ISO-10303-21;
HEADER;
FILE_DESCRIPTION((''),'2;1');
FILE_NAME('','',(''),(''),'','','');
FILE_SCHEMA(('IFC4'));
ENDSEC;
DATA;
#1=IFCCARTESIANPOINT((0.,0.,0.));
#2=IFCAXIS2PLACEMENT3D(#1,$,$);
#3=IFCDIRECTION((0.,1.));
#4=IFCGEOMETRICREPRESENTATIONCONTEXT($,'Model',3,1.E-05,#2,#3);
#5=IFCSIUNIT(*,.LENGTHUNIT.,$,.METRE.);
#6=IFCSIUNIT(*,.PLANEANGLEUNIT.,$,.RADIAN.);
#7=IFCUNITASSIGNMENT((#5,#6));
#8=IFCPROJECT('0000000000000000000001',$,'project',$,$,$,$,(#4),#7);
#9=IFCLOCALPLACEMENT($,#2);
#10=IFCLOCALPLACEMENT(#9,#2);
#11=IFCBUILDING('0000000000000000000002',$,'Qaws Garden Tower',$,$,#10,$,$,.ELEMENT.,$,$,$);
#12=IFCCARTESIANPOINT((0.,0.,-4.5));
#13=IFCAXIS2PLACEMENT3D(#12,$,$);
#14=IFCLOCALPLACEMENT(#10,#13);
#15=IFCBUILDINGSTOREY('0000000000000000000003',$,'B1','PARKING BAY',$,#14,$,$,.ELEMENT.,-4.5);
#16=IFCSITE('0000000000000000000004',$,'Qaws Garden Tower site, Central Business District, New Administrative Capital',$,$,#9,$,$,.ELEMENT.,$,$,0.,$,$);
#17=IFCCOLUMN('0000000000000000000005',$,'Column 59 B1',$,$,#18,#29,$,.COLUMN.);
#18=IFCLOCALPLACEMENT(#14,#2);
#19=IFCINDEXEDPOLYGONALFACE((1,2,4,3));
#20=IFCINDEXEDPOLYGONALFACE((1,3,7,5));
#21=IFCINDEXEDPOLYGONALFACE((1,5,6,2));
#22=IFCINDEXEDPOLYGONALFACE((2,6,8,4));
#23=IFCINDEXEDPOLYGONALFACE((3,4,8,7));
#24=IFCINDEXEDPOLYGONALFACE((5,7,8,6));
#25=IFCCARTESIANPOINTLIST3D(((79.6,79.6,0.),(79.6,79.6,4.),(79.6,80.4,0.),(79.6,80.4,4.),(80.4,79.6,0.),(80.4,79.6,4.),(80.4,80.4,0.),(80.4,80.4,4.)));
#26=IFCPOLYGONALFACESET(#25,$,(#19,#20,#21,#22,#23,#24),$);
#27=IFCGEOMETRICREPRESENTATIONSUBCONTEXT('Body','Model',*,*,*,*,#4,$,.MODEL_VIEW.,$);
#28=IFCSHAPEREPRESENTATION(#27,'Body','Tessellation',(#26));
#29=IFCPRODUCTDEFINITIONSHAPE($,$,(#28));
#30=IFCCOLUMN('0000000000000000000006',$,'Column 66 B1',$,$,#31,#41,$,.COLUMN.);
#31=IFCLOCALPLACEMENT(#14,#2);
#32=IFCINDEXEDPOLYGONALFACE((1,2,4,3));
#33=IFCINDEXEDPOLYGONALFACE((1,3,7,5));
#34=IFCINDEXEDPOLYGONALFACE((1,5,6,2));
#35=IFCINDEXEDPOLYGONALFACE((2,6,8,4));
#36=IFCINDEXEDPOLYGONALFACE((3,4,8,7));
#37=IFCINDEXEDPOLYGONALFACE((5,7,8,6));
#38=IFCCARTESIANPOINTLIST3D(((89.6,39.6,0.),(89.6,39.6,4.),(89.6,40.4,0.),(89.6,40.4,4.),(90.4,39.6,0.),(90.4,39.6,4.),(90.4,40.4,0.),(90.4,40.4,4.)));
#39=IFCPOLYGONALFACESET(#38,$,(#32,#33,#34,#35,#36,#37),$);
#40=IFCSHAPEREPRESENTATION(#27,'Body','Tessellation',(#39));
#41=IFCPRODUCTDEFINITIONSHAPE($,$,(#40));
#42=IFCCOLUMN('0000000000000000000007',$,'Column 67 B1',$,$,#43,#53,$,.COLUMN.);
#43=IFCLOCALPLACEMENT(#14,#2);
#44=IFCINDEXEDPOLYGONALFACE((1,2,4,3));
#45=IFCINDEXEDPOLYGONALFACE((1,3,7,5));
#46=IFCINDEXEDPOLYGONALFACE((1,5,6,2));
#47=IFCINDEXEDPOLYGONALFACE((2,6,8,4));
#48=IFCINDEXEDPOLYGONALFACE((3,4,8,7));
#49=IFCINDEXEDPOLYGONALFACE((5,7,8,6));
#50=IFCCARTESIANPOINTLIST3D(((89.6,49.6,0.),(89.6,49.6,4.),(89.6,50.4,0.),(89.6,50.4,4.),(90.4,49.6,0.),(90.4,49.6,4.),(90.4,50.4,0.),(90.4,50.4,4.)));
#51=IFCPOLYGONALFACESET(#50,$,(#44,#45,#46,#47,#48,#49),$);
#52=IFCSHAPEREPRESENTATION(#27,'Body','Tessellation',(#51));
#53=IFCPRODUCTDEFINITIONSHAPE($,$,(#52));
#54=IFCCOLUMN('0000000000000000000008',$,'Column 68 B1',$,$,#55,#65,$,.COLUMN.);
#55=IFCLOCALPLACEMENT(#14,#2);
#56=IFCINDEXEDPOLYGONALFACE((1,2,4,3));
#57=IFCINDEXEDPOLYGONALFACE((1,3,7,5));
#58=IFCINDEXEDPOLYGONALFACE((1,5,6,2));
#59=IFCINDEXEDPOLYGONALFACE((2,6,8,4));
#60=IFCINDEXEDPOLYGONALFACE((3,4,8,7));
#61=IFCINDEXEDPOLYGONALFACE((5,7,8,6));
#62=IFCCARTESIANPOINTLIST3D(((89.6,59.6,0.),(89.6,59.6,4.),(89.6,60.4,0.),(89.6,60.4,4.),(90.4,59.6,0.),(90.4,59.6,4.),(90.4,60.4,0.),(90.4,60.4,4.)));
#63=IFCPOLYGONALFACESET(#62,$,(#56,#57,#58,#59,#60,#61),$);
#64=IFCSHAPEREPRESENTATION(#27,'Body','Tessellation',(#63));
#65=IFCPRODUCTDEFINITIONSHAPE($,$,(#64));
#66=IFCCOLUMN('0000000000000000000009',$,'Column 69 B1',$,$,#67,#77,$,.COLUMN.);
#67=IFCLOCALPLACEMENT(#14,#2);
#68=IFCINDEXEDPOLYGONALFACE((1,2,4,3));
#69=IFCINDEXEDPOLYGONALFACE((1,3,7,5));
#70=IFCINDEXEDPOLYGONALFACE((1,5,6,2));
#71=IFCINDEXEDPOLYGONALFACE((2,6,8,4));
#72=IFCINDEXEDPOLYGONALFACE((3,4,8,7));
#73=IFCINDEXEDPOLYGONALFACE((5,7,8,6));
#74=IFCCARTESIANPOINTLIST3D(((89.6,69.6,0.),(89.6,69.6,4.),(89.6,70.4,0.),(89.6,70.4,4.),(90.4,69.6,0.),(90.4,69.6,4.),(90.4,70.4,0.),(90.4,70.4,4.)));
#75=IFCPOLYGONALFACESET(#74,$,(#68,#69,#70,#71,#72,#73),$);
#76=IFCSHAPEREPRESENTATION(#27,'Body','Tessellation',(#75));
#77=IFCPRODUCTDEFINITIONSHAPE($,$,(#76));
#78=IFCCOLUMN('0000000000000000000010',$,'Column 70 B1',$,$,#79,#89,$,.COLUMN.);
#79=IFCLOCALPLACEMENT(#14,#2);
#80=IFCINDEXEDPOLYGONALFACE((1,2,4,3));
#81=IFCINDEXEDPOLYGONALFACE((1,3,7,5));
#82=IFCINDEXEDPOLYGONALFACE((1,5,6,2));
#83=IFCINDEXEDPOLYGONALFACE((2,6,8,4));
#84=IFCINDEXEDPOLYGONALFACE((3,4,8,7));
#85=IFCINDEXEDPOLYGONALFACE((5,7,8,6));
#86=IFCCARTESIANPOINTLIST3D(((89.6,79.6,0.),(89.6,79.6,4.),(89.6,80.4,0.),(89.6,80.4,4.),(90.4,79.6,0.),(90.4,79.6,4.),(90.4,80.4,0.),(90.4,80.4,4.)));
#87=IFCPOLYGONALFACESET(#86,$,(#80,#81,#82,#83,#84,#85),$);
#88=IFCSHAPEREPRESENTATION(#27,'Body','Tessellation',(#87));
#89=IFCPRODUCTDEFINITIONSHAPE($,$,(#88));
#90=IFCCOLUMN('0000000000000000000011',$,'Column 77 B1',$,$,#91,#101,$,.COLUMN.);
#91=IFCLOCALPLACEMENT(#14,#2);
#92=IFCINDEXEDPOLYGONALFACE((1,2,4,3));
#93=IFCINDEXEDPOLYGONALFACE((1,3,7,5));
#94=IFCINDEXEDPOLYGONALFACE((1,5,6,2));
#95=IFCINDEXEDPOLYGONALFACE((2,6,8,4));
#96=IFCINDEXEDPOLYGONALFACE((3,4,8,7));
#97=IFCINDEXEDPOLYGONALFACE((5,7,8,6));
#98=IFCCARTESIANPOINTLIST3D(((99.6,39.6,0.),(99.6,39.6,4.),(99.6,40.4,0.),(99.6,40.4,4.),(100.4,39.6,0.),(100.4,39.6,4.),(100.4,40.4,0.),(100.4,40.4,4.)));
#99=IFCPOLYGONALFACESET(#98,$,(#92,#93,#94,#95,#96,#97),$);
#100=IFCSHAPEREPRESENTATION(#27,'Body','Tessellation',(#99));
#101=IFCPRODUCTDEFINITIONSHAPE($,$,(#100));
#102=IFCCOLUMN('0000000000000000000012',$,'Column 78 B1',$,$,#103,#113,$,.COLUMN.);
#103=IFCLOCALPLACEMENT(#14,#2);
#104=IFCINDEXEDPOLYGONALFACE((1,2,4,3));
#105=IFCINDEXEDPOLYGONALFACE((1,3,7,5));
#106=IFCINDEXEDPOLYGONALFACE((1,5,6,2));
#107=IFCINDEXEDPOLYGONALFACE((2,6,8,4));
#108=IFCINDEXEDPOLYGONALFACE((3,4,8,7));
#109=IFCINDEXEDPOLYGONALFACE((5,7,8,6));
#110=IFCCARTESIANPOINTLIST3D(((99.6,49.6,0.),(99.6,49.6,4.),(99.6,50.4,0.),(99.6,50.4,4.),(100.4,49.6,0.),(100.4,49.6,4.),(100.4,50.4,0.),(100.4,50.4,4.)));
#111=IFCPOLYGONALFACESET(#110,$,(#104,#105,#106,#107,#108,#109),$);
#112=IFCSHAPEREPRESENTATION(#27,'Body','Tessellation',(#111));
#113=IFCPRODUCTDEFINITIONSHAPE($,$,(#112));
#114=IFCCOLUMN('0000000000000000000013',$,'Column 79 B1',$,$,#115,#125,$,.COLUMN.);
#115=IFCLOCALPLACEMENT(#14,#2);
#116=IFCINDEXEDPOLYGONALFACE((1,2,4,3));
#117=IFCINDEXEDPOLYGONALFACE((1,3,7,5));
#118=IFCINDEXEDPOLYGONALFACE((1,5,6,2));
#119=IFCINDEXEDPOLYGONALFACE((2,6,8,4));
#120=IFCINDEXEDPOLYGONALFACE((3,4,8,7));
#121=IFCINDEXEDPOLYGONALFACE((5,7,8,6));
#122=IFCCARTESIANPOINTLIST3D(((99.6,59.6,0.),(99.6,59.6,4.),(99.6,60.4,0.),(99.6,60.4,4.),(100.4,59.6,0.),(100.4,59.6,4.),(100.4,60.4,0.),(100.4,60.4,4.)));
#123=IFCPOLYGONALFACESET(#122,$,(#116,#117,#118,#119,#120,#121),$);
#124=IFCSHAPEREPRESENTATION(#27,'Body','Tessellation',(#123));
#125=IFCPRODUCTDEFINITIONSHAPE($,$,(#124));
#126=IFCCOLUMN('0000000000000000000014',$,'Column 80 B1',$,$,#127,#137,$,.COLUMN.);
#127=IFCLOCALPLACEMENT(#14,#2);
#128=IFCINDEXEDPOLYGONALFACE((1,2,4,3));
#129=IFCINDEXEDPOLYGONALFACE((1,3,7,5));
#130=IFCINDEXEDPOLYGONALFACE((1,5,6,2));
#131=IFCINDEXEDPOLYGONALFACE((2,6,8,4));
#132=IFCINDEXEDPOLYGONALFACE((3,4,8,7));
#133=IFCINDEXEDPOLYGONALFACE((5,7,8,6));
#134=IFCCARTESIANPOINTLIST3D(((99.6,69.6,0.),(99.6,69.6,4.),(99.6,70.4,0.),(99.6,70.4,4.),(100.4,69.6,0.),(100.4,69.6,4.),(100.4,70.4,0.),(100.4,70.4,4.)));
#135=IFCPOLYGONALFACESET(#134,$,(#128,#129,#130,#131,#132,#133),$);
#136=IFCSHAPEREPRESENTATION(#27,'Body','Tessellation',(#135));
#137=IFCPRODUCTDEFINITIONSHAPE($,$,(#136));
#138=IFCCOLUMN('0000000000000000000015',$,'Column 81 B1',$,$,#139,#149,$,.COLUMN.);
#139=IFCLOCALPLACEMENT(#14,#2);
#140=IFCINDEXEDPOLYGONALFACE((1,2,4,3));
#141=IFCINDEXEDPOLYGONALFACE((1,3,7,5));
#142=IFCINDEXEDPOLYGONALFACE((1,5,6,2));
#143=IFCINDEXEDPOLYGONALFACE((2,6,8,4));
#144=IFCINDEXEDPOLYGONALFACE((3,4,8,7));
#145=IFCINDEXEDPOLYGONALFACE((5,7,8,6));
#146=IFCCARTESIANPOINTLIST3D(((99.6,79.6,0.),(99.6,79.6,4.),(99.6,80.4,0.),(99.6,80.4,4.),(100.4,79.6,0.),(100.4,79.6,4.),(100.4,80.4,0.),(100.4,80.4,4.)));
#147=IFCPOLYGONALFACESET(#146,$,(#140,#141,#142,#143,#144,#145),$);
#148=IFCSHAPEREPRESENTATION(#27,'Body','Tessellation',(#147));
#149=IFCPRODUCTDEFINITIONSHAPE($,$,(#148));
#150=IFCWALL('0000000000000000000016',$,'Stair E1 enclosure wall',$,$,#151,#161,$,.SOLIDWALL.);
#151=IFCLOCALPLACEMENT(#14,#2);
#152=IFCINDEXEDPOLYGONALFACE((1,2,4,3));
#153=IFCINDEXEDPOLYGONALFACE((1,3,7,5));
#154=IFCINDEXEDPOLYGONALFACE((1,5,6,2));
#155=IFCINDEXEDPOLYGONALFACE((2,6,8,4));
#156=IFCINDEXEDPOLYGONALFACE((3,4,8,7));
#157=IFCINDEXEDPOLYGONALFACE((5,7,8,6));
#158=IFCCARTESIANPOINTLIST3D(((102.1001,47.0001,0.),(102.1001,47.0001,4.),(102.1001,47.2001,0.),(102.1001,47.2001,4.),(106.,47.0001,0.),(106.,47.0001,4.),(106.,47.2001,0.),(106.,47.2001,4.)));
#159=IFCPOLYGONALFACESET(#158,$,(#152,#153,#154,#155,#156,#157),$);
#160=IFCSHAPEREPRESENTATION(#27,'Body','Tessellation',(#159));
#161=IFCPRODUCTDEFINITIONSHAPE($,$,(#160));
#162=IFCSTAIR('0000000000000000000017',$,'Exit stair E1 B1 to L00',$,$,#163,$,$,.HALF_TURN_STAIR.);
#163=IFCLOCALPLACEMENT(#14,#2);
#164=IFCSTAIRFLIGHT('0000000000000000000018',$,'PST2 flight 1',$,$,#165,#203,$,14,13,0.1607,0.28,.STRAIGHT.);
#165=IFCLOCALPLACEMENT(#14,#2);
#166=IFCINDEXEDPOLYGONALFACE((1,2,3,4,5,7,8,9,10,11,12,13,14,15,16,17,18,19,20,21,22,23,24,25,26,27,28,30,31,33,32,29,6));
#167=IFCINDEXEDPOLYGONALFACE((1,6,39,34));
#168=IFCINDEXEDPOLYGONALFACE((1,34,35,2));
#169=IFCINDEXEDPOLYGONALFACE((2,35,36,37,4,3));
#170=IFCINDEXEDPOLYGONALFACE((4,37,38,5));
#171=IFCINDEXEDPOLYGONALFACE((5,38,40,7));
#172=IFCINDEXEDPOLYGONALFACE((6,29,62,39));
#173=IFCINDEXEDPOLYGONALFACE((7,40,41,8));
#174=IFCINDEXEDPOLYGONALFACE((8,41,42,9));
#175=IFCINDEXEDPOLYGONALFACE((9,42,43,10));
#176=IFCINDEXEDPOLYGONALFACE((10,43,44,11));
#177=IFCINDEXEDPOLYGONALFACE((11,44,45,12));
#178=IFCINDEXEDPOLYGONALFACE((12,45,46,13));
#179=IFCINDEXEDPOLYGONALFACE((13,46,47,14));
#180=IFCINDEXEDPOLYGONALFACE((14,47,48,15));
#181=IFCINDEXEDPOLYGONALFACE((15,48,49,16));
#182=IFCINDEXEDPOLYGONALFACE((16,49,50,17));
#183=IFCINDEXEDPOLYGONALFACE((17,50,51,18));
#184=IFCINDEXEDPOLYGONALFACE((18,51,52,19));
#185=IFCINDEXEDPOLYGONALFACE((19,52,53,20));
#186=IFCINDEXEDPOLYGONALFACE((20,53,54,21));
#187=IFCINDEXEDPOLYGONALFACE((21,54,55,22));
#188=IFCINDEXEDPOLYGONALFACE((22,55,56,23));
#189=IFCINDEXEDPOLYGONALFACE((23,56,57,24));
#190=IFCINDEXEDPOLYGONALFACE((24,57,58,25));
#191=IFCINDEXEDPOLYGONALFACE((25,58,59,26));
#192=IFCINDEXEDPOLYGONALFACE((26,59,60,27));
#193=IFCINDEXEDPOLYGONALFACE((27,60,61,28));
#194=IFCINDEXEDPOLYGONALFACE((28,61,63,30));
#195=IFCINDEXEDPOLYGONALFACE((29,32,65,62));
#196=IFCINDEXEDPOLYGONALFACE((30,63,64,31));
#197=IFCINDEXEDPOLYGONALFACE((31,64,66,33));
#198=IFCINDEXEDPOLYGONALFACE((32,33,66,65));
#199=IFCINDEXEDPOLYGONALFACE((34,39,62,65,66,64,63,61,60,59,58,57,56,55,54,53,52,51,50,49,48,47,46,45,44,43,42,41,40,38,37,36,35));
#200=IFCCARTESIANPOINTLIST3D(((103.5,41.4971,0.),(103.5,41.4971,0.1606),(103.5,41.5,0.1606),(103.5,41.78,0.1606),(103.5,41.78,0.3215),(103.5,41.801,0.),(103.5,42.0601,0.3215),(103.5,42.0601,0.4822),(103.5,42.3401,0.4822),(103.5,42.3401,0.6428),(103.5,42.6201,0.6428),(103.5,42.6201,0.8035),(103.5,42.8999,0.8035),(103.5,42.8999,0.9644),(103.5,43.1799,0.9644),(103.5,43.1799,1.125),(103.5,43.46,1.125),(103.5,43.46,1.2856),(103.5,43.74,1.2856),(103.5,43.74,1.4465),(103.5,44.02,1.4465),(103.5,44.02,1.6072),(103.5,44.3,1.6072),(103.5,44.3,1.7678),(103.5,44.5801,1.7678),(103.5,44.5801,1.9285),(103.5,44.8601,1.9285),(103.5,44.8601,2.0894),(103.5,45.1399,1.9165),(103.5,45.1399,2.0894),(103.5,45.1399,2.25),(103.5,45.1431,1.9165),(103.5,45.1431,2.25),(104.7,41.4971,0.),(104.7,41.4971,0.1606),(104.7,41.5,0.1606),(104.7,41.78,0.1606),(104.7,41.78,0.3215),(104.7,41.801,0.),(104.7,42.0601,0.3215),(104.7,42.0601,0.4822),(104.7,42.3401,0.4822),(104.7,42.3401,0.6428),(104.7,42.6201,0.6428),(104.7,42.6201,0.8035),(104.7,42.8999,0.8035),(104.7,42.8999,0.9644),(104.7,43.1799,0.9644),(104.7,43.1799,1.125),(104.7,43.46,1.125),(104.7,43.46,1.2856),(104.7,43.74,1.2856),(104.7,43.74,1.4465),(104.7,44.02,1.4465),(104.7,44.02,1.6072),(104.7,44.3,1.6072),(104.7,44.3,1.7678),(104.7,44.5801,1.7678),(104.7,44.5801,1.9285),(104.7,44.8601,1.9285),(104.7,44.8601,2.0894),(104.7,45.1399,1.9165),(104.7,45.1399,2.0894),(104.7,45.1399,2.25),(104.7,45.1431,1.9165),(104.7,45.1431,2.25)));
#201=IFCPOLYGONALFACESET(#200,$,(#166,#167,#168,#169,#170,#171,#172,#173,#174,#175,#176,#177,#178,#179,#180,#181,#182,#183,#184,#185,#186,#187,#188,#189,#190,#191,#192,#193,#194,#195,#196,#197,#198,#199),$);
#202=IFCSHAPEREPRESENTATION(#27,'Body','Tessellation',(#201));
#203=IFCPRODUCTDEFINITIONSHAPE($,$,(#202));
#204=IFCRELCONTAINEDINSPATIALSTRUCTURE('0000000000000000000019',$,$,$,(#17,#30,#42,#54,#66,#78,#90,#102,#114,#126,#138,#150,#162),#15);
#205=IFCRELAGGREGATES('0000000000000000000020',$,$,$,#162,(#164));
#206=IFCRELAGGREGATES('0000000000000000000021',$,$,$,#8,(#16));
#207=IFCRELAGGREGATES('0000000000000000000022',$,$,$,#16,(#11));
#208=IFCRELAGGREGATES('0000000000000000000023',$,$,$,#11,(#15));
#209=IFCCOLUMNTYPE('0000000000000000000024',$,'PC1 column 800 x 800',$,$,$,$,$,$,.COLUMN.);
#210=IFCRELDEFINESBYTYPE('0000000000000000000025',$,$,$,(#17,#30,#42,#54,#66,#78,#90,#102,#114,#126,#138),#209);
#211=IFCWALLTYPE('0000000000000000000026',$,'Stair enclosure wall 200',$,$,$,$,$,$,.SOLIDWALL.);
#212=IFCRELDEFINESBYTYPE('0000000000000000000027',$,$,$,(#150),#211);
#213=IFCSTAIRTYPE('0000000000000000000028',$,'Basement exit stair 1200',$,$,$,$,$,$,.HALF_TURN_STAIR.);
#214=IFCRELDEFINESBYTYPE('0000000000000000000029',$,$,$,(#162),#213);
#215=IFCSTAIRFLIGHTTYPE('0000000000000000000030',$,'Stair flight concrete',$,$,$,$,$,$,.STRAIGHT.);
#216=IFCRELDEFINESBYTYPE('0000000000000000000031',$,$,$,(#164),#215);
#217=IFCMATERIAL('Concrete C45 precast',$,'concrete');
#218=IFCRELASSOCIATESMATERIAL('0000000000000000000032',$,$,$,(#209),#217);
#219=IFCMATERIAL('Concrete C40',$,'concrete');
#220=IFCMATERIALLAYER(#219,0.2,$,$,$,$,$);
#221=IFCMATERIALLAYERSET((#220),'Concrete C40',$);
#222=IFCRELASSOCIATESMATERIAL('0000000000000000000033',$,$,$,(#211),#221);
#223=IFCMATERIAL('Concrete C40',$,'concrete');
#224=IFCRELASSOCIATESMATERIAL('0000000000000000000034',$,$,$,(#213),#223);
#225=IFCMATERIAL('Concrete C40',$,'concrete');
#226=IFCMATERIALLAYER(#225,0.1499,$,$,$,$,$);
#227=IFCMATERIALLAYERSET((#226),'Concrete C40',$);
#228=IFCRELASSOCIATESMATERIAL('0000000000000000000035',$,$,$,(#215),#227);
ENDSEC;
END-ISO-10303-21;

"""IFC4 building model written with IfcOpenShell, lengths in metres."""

from ifc_helpers import new_model, si_unit, direction, frame, frame_2d, origin, origin_2d, place, context, subcontext, project, spatial, polyline, rectangle, outline, extrude, material, layer, layer_set, material_profile, profile_set, type_object, element, aggregate, save


model = new_model("IFC4")

# Units and contexts
model_context = context("Model", 3, precision=1e-05, world=origin(), true_north=direction((0.0, 1.0)))
body_context = subcontext(model_context, "Body", "Model", "MODEL_VIEW")
ifc_project = project(units=[si_unit("LENGTHUNIT", "METRE"), si_unit("PLANEANGLEUNIT", "RADIAN")], contexts=[model_context])

# Site, building, storey
site_placement = place(None, origin())
site = spatial("IfcSite", under=ifc_project, at=site_placement, Name="Qaws Garden Tower site, Central Business District, New Administrative Capital", CompositionType="ELEMENT", RefElevation=0.0)
building_placement = place(site_placement, origin())
building = spatial("IfcBuilding", under=site, at=building_placement, Name="Qaws Garden Tower", CompositionType="ELEMENT")
storey_placement = place(building_placement, frame((0.0, 0.0, -4.5)))
storey = spatial("IfcBuildingStorey", under=building, at=storey_placement, Name="B1", Description="PARKING BAY", CompositionType="ELEMENT", Elevation=-4.5)

# Columns
ifc_material_1 = material(Name="Concrete C45 precast", Category="concrete")
ifc_material_profile = material_profile(ifc_material_1, rectangle(XDim=0.8, YDim=0.8, at=origin_2d()), Name="PC1 column 800 x 800")
ifc_profile_set = profile_set([ifc_material_profile], Name="Concrete C45 precast")
column_type = type_object("IfcColumnType", Name="PC1 column 800 x 800", PredefinedType="COLUMN", material=ifc_profile_set)
for number, where, z_axis, x_axis, name in (
    (1, (80.0, 80.0, 0.0), (0.0, 0.0, 1.0), (1.0, 0.0, 0.0), "Column 59 B1"),
    (2, (90.0, 40.0, 0.0), (0.0, 0.0, 1.0), (1.0, 0.0, 0.0), "Column 66 B1"),
    (3, (90.0, 50.0, 0.0), (0.0, 0.0, 1.0), (1.0, 0.0, 0.0), "Column 67 B1"),
    (4, (90.0, 60.0, 0.0), (0.0, 0.0, 1.0), (1.0, 0.0, 0.0), "Column 68 B1"),
    (5, (90.0, 70.0, 0.0), (0.0, 0.0, 1.0), (1.0, 0.0, 0.0), "Column 69 B1"),
    (6, (90.0, 80.0, 0.0), (0.0, 0.0, 1.0), (1.0, 0.0, 0.0), "Column 70 B1"),
    (7, (100.0, 40.0, 0.0), (0.0, 0.0, 1.0), (1.0, 0.0, 0.0), "Column 77 B1"),
    (8, (100.0, 50.0, 0.0), (0.0, 0.0, 1.0), (1.0, 0.0, 0.0), "Column 78 B1"),
    (9, (100.0, 60.0, 0.0), (0.0, 0.0, 1.0), (1.0, 0.0, 0.0), "Column 79 B1"),
    (10, (100.0, 70.0, 0.0), (0.0, 0.0, 1.0), (1.0, 0.0, 0.0), "Column 80 B1"),
    (11, (100.0, 80.0, 0.0), (0.0, 0.0, 1.0), (1.0, 0.0, 0.0), "Column 81 B1"),
):
    element("IfcColumn", number, at=place(storey_placement, frame(where, z_axis=z_axis, x_axis=x_axis)), inside=storey, type_object=column_type, Name=name, PredefinedType="COLUMN", context=body_context, shape_type="SweptSolid", body=[
        extrude(rectangle(XDim=0.8, YDim=0.8, at=origin_2d()), origin(), (0.0, 0.0, 1.0), 4.0),
    ])

# Wall
ifc_material_2 = material(Name="Concrete C40", Category="concrete")
ifc_layer_1 = layer(ifc_material_2, 0.2)
ifc_layer_set_1 = layer_set([ifc_layer_1], Name="Concrete C40")
wall_type = type_object("IfcWallType", Name="Stair enclosure wall 200", PredefinedType="SOLIDWALL", material=ifc_layer_set_1)
wall_placement = place(storey_placement, frame((102.1001, 47.1001, 0.0), z_axis=(0.0, 0.0, 1.0), x_axis=(1.0, 0.0, 0.0)))
element("IfcWall", 12, at=wall_placement, inside=storey, type_object=wall_type, Name="Stair E1 enclosure wall", PredefinedType="SOLIDWALL", context=body_context, shape_type="SweptSolid", body=[
    extrude(rectangle(XDim=3.8999, YDim=0.2, at=frame_2d((1.95, 0.0))), origin(), (0.0, 0.0, 1.0), 4.0),
])

# Stair, stair flight
ifc_material_3 = material(Name="Concrete C40", Category="concrete")
stair_type = type_object("IfcStairType", Name="Basement exit stair 1200", PredefinedType="HALF_TURN_STAIR", material=ifc_material_3)
stair_placement = place(storey_placement, origin())
stair = element("IfcStair", 13, at=stair_placement, inside=storey, type_object=stair_type, Name="Exit stair E1 B1 to L00", PredefinedType="HALF_TURN_STAIR")
ifc_material_4 = material(Name="Concrete C40", Category="concrete")
ifc_layer_2 = layer(ifc_material_4, 0.1499)
ifc_layer_set_2 = layer_set([ifc_layer_2], Name="Concrete C40")
stair_flight_type = type_object("IfcStairFlightType", Name="Stair flight concrete", PredefinedType="STRAIGHT", material=ifc_layer_set_2)
stair_flight_1_placement = place(storey_placement, frame((104.1001, 41.5, 0.0), z_axis=(0.0, 0.0, 1.0), x_axis=(0.0, 1.0, 0.0)))
stair_flight_1 = element("IfcStairFlight", 14, at=stair_flight_1_placement, type_object=stair_flight_type, Name="PST2 flight 1", NumberOfRisers=14, NumberOfTreads=13, PredefinedType="STRAIGHT", RiserHeight=0.1607, TreadLength=0.28, context=body_context, shape_type="SweptSolid", body=[
    extrude(outline(polyline([(-0.0029, 0.0), (-0.0029, 0.1606), (0.0, 0.1606), (0.28, 0.1606), (0.28, 0.3215), (0.5601, 0.3215), (0.5601, 0.4822), (0.8401, 0.4822), (0.8401, 0.6428), (1.1201, 0.6428), (1.1201, 0.8035), (1.3999, 0.8035), (1.3999, 0.9644), (1.6799, 0.9644), (1.6799, 1.125), (1.96, 1.125), (1.96, 1.2856), (2.24, 1.2856), (2.24, 1.4465), (2.52, 1.4465), (2.52, 1.6072), (2.8, 1.6072), (2.8, 1.7678), (3.0801, 1.7678), (3.0801, 1.9285), (3.3601, 1.9285), (3.3601, 2.0894), (3.6399, 2.0894), (3.6399, 2.25), (3.6431, 2.25), (3.6431, 1.9165), (3.6399, 1.9165), (0.301, 0.0), (-0.0029, 0.0)])), frame((0.0, 0.6001, 0.0), z_axis=(0.0, -1.0, 0.0), x_axis=(1.0, 0.0, 0.0)), (0.0, 0.0, 1.0), 1.2),
])
aggregate(stair, [stair_flight_1])

save(model, "model.ifc")
